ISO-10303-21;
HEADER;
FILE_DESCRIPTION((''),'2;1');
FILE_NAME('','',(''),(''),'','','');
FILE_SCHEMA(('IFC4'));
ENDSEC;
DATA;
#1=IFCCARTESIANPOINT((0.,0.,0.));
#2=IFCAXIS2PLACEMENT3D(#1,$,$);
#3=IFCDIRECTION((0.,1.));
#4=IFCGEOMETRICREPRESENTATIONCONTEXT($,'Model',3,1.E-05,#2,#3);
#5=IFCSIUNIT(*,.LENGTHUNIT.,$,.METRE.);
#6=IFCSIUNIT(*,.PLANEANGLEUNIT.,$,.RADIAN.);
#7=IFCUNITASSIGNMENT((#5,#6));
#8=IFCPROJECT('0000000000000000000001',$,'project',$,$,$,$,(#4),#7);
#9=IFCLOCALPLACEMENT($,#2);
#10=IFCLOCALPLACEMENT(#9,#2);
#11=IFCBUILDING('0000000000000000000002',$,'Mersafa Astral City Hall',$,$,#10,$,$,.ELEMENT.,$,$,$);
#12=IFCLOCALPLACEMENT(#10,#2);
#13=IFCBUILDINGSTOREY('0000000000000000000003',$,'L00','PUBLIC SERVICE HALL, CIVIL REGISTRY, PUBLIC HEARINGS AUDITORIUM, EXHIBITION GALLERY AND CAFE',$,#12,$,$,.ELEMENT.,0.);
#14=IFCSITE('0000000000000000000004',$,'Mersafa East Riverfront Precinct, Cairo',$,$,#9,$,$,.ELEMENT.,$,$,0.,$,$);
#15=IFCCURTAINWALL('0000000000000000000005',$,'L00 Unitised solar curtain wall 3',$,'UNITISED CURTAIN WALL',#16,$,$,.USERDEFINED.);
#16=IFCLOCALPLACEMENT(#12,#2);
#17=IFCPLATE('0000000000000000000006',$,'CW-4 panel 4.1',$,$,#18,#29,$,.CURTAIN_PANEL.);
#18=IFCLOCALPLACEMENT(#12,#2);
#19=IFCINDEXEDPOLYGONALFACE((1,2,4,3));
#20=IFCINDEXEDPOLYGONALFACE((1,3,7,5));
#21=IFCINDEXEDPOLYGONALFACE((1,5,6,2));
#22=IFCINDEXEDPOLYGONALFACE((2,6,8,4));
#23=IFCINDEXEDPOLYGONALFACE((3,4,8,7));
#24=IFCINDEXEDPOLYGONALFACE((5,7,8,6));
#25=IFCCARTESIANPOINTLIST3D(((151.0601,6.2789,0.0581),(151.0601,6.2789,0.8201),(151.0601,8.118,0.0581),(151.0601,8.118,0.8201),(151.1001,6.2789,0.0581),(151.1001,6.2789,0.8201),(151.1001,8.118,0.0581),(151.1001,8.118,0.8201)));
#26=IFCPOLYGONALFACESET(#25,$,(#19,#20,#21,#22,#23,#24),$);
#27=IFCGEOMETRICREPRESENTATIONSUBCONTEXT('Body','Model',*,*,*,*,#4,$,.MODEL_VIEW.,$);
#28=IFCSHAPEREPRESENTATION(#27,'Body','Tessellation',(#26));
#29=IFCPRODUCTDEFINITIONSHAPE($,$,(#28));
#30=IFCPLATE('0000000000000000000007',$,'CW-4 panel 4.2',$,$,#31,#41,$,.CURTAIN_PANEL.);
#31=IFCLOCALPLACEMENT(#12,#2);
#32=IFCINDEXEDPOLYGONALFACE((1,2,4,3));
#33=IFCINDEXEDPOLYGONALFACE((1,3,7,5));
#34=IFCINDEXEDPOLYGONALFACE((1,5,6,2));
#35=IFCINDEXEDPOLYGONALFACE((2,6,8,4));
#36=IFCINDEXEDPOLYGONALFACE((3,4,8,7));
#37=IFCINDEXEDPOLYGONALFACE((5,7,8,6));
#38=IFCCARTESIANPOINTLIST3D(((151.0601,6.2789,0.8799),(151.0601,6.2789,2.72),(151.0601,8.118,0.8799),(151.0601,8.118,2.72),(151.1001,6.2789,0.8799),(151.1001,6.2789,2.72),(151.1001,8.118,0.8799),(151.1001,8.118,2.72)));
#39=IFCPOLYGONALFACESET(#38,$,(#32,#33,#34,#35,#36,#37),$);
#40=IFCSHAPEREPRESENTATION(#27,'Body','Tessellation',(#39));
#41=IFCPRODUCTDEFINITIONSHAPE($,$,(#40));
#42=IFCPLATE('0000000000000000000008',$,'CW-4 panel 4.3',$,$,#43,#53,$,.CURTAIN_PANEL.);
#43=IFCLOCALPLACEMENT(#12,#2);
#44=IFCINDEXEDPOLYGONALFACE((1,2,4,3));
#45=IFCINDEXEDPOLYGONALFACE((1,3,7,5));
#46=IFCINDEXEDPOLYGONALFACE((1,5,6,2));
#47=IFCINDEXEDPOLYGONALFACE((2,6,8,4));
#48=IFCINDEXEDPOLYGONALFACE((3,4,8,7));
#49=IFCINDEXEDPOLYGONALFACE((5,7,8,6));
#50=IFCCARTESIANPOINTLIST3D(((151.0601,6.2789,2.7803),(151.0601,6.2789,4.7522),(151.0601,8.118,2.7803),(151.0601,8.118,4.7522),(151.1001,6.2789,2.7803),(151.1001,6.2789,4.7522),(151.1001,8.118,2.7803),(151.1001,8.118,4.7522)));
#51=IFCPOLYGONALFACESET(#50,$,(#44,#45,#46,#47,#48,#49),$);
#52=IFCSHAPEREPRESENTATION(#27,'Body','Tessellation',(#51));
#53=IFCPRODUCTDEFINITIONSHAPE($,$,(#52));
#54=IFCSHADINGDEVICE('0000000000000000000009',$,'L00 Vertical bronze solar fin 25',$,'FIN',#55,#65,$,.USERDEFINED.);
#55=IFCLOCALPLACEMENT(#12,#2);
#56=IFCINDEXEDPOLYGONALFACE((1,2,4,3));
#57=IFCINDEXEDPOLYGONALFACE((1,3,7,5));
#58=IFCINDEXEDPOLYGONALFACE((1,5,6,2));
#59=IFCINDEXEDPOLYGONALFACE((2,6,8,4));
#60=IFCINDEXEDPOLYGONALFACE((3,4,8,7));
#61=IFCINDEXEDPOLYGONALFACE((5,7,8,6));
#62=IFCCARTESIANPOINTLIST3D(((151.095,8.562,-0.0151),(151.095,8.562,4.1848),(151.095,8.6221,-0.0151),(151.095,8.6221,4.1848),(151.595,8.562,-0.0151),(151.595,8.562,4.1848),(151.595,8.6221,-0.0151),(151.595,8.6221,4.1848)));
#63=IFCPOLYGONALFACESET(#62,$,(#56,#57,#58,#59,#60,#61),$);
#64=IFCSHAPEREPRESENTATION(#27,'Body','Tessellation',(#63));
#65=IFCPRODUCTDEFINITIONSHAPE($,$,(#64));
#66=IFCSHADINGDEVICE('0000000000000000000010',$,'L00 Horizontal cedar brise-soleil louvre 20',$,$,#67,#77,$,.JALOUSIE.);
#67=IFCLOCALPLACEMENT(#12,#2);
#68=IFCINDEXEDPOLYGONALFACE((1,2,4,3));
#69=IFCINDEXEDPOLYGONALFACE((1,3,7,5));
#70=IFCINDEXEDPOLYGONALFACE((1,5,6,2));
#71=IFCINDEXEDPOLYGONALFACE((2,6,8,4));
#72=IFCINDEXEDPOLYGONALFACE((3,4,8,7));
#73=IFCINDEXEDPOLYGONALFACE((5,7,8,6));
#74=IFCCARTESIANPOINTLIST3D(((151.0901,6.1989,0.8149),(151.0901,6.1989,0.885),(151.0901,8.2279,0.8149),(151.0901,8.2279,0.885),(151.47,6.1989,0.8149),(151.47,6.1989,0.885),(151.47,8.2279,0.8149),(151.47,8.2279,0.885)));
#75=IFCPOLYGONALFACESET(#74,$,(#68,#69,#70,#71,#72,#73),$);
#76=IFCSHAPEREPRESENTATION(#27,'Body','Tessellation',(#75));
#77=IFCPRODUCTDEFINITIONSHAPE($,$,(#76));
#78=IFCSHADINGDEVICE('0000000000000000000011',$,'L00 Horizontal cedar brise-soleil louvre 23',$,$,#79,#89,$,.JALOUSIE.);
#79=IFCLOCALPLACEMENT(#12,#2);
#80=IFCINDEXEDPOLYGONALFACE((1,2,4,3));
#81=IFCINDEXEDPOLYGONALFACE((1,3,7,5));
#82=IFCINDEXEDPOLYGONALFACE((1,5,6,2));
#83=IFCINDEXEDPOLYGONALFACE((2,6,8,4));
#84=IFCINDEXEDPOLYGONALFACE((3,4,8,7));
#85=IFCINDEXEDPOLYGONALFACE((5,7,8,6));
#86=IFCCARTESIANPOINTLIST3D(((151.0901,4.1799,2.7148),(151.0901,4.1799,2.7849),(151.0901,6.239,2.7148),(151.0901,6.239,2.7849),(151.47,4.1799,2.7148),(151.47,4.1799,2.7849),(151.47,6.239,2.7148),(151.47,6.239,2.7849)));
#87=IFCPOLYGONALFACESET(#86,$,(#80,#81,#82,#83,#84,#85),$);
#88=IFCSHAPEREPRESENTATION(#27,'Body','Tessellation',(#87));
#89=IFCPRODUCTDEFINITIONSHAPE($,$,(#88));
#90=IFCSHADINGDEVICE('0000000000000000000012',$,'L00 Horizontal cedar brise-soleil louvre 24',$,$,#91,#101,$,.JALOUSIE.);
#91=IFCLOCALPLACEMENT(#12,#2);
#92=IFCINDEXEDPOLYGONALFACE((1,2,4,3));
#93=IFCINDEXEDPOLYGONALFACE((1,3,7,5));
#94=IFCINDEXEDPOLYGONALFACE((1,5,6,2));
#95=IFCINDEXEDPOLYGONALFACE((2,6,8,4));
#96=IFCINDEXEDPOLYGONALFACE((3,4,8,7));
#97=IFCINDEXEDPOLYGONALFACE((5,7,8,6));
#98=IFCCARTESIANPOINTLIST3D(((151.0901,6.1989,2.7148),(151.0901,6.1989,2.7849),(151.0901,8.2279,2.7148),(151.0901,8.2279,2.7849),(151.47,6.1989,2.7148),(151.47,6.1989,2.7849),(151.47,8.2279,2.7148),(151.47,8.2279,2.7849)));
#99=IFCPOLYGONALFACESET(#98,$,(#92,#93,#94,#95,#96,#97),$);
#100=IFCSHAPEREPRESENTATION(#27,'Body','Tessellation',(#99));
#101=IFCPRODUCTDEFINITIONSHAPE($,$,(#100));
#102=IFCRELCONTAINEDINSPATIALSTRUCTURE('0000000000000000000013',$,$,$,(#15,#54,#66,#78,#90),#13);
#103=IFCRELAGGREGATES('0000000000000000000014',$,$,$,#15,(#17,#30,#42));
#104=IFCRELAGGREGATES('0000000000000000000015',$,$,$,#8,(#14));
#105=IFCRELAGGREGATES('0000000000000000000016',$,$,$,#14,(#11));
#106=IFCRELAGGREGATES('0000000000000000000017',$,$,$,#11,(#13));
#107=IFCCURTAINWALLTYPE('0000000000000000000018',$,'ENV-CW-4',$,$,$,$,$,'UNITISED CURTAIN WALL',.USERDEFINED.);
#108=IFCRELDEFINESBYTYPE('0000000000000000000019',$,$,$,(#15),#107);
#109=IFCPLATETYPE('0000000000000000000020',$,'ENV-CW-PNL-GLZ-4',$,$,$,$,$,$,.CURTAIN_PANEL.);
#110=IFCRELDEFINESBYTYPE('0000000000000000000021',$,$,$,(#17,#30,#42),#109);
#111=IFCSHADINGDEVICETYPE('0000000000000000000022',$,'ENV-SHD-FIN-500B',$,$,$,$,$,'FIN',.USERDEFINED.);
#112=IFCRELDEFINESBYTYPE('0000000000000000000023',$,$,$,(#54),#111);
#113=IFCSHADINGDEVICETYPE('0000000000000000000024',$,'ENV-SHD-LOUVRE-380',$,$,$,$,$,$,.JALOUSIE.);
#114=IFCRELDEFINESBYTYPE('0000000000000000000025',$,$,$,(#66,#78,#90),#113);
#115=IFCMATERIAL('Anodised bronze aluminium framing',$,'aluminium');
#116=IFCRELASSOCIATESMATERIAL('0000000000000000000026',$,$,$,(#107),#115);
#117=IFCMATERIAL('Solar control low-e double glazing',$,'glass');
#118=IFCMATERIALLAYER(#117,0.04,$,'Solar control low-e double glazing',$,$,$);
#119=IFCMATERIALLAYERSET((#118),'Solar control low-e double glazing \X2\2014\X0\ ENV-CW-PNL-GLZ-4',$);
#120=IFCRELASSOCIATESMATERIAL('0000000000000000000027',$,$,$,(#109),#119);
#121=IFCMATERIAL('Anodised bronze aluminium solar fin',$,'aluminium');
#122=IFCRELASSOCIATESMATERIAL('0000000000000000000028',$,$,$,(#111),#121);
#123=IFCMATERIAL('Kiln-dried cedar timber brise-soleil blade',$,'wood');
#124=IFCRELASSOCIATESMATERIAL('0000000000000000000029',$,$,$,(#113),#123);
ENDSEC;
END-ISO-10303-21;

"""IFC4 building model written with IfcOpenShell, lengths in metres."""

from ifc_helpers import new_model, si_unit, direction, frame, origin, origin_2d, place, context, subcontext, project, spatial, rectangle, extrude, material, layer, layer_set, type_object, element, aggregate, save


model = new_model("IFC4")

# Units and contexts
model_context = context("Model", 3, precision=1e-05, world=origin(), true_north=direction((0.0, 1.0)))
body_context = subcontext(model_context, "Body", "Model", "MODEL_VIEW")
ifc_project = project(units=[si_unit("LENGTHUNIT", "METRE"), si_unit("PLANEANGLEUNIT", "RADIAN")], contexts=[model_context])

# Site, building, storey
site_placement = place(None, origin())
site = spatial("IfcSite", under=ifc_project, at=site_placement, Name="Mersafa East Riverfront Precinct, Cairo", CompositionType="ELEMENT", RefElevation=0.0)
building_placement = place(site_placement, origin())
building = spatial("IfcBuilding", under=site, at=building_placement, Name="Mersafa Astral City Hall", CompositionType="ELEMENT")
storey_placement = place(building_placement, origin())
storey = spatial("IfcBuildingStorey", under=building, at=storey_placement, Name="L00", Description="PUBLIC SERVICE HALL, CIVIL REGISTRY, PUBLIC HEARINGS AUDITORIUM, EXHIBITION GALLERY AND CAFE", CompositionType="ELEMENT", Elevation=0.0)

# Curtain wall
ifc_material_1 = material(Name="Anodised bronze aluminium framing", Category="aluminium")
curtain_wall_type_1 = type_object("IfcCurtainWallType", Name="ENV-CW-4", ElementType="UNITISED CURTAIN WALL", PredefinedType="USERDEFINED", material=ifc_material_1)
curtain_wall_1_placement = place(storey_placement, origin())
curtain_wall_1 = element("IfcCurtainWall", 1, at=curtain_wall_1_placement, inside=storey, type_object=curtain_wall_type_1, Name="L00 Unitised solar curtain wall 3", ObjectType="UNITISED CURTAIN WALL", PredefinedType="USERDEFINED")

# Plates
ifc_material_2 = material(Name="Solar control low-e double glazing", Category="glass")
ifc_layer = layer(ifc_material_2, 0.04, Name="Solar control low-e double glazing")
ifc_layer_set = layer_set([ifc_layer], Name="Solar control low-e double glazing — ENV-CW-PNL-GLZ-4")
plate_type = type_object("IfcPlateType", Name="ENV-CW-PNL-GLZ-4", PredefinedType="CURTAIN_PANEL", material=ifc_layer_set)
plate_1_placement = place(storey_placement, frame((151.0801, 7.1985, 0.0581), z_axis=(0.0, 0.0, 1.0), x_axis=(0.0, 1.0, 0.0)))
plate_1 = element("IfcPlate", 2, at=plate_1_placement, type_object=plate_type, Name="CW-4 panel 4.1", PredefinedType="CURTAIN_PANEL", context=body_context, shape_type="SweptSolid", body=[
    extrude(rectangle(XDim=1.8391, YDim=0.04, at=origin_2d()), origin(), (0.0, 0.0, 1.0), 0.762),
])
plate_2_placement = place(storey_placement, frame((151.0801, 7.1985, 0.8799), z_axis=(0.0, 0.0, 1.0), x_axis=(0.0, 1.0, 0.0)))
plate_2 = element("IfcPlate", 3, at=plate_2_placement, type_object=plate_type, Name="CW-4 panel 4.2", PredefinedType="CURTAIN_PANEL", context=body_context, shape_type="SweptSolid", body=[
    extrude(rectangle(XDim=1.8391, YDim=0.04, at=origin_2d()), origin(), (0.0, 0.0, 1.0), 1.8401),
])
plate_3_placement = place(storey_placement, frame((151.0801, 7.1985, 2.7803), z_axis=(0.0, 0.0, 1.0), x_axis=(0.0, 1.0, 0.0)))
plate_3 = element("IfcPlate", 4, at=plate_3_placement, type_object=plate_type, Name="CW-4 panel 4.3", PredefinedType="CURTAIN_PANEL", context=body_context, shape_type="SweptSolid", body=[
    extrude(rectangle(XDim=1.8391, YDim=0.04, at=origin_2d()), origin(), (0.0, 0.0, 1.0), 1.9719),
])
aggregate(curtain_wall_1, [plate_1, plate_2, plate_3])

# Shading devices
ifc_material_3 = material(Name="Anodised bronze aluminium solar fin", Category="aluminium")
shading_device_type_1 = type_object("IfcShadingDeviceType", Name="ENV-SHD-FIN-500B", ElementType="FIN", PredefinedType="USERDEFINED", material=ifc_material_3)
shading_device_1_placement = place(storey_placement, frame((151.345, 8.592, -0.0151), z_axis=(0.0, 0.0, 1.0), x_axis=(0.0, 1.0, 0.0)))
element("IfcShadingDevice", 5, at=shading_device_1_placement, inside=storey, type_object=shading_device_type_1, Name="L00 Vertical bronze solar fin 25", ObjectType="FIN", PredefinedType="USERDEFINED", context=body_context, shape_type="SweptSolid", body=[
    extrude(rectangle(XDim=0.0601, YDim=0.5, at=origin_2d()), origin(), (0.0, 0.0, 1.0), 4.2),
])
ifc_material_4 = material(Name="Kiln-dried cedar timber brise-soleil blade", Category="wood")
shading_device_type_2 = type_object("IfcShadingDeviceType", Name="ENV-SHD-LOUVRE-380", PredefinedType="JALOUSIE", material=ifc_material_4)
shading_device_2_placement = place(storey_placement, frame((151.28, 7.2134, 0.8149), z_axis=(0.0, 0.0, 1.0), x_axis=(0.0, 1.0, 0.0)))
element("IfcShadingDevice", 6, at=shading_device_2_placement, inside=storey, type_object=shading_device_type_2, Name="L00 Horizontal cedar brise-soleil louvre 20", PredefinedType="JALOUSIE", context=body_context, shape_type="SweptSolid", body=[
    extrude(rectangle(XDim=2.0291, YDim=0.3799, at=origin_2d()), origin(), (0.0, 0.0, 1.0), 0.0701),
])
shading_device_3_placement = place(storey_placement, frame((151.28, 5.2095, 2.7148), z_axis=(0.0, 0.0, 1.0), x_axis=(0.0, 1.0, 0.0)))
element("IfcShadingDevice", 7, at=shading_device_3_placement, inside=storey, type_object=shading_device_type_2, Name="L00 Horizontal cedar brise-soleil louvre 23", PredefinedType="JALOUSIE", context=body_context, shape_type="SweptSolid", body=[
    extrude(rectangle(XDim=2.0591, YDim=0.3799, at=origin_2d()), origin(), (0.0, 0.0, 1.0), 0.0701),
])
shading_device_4_placement = place(storey_placement, frame((151.28, 7.2134, 2.7148), z_axis=(0.0, 0.0, 1.0), x_axis=(0.0, 1.0, 0.0)))
element("IfcShadingDevice", 8, at=shading_device_4_placement, inside=storey, type_object=shading_device_type_2, Name="L00 Horizontal cedar brise-soleil louvre 24", PredefinedType="JALOUSIE", context=body_context, shape_type="SweptSolid", body=[
    extrude(rectangle(XDim=2.0291, YDim=0.3799, at=origin_2d()), origin(), (0.0, 0.0, 1.0), 0.0701),
])

save(model, "model.ifc")
